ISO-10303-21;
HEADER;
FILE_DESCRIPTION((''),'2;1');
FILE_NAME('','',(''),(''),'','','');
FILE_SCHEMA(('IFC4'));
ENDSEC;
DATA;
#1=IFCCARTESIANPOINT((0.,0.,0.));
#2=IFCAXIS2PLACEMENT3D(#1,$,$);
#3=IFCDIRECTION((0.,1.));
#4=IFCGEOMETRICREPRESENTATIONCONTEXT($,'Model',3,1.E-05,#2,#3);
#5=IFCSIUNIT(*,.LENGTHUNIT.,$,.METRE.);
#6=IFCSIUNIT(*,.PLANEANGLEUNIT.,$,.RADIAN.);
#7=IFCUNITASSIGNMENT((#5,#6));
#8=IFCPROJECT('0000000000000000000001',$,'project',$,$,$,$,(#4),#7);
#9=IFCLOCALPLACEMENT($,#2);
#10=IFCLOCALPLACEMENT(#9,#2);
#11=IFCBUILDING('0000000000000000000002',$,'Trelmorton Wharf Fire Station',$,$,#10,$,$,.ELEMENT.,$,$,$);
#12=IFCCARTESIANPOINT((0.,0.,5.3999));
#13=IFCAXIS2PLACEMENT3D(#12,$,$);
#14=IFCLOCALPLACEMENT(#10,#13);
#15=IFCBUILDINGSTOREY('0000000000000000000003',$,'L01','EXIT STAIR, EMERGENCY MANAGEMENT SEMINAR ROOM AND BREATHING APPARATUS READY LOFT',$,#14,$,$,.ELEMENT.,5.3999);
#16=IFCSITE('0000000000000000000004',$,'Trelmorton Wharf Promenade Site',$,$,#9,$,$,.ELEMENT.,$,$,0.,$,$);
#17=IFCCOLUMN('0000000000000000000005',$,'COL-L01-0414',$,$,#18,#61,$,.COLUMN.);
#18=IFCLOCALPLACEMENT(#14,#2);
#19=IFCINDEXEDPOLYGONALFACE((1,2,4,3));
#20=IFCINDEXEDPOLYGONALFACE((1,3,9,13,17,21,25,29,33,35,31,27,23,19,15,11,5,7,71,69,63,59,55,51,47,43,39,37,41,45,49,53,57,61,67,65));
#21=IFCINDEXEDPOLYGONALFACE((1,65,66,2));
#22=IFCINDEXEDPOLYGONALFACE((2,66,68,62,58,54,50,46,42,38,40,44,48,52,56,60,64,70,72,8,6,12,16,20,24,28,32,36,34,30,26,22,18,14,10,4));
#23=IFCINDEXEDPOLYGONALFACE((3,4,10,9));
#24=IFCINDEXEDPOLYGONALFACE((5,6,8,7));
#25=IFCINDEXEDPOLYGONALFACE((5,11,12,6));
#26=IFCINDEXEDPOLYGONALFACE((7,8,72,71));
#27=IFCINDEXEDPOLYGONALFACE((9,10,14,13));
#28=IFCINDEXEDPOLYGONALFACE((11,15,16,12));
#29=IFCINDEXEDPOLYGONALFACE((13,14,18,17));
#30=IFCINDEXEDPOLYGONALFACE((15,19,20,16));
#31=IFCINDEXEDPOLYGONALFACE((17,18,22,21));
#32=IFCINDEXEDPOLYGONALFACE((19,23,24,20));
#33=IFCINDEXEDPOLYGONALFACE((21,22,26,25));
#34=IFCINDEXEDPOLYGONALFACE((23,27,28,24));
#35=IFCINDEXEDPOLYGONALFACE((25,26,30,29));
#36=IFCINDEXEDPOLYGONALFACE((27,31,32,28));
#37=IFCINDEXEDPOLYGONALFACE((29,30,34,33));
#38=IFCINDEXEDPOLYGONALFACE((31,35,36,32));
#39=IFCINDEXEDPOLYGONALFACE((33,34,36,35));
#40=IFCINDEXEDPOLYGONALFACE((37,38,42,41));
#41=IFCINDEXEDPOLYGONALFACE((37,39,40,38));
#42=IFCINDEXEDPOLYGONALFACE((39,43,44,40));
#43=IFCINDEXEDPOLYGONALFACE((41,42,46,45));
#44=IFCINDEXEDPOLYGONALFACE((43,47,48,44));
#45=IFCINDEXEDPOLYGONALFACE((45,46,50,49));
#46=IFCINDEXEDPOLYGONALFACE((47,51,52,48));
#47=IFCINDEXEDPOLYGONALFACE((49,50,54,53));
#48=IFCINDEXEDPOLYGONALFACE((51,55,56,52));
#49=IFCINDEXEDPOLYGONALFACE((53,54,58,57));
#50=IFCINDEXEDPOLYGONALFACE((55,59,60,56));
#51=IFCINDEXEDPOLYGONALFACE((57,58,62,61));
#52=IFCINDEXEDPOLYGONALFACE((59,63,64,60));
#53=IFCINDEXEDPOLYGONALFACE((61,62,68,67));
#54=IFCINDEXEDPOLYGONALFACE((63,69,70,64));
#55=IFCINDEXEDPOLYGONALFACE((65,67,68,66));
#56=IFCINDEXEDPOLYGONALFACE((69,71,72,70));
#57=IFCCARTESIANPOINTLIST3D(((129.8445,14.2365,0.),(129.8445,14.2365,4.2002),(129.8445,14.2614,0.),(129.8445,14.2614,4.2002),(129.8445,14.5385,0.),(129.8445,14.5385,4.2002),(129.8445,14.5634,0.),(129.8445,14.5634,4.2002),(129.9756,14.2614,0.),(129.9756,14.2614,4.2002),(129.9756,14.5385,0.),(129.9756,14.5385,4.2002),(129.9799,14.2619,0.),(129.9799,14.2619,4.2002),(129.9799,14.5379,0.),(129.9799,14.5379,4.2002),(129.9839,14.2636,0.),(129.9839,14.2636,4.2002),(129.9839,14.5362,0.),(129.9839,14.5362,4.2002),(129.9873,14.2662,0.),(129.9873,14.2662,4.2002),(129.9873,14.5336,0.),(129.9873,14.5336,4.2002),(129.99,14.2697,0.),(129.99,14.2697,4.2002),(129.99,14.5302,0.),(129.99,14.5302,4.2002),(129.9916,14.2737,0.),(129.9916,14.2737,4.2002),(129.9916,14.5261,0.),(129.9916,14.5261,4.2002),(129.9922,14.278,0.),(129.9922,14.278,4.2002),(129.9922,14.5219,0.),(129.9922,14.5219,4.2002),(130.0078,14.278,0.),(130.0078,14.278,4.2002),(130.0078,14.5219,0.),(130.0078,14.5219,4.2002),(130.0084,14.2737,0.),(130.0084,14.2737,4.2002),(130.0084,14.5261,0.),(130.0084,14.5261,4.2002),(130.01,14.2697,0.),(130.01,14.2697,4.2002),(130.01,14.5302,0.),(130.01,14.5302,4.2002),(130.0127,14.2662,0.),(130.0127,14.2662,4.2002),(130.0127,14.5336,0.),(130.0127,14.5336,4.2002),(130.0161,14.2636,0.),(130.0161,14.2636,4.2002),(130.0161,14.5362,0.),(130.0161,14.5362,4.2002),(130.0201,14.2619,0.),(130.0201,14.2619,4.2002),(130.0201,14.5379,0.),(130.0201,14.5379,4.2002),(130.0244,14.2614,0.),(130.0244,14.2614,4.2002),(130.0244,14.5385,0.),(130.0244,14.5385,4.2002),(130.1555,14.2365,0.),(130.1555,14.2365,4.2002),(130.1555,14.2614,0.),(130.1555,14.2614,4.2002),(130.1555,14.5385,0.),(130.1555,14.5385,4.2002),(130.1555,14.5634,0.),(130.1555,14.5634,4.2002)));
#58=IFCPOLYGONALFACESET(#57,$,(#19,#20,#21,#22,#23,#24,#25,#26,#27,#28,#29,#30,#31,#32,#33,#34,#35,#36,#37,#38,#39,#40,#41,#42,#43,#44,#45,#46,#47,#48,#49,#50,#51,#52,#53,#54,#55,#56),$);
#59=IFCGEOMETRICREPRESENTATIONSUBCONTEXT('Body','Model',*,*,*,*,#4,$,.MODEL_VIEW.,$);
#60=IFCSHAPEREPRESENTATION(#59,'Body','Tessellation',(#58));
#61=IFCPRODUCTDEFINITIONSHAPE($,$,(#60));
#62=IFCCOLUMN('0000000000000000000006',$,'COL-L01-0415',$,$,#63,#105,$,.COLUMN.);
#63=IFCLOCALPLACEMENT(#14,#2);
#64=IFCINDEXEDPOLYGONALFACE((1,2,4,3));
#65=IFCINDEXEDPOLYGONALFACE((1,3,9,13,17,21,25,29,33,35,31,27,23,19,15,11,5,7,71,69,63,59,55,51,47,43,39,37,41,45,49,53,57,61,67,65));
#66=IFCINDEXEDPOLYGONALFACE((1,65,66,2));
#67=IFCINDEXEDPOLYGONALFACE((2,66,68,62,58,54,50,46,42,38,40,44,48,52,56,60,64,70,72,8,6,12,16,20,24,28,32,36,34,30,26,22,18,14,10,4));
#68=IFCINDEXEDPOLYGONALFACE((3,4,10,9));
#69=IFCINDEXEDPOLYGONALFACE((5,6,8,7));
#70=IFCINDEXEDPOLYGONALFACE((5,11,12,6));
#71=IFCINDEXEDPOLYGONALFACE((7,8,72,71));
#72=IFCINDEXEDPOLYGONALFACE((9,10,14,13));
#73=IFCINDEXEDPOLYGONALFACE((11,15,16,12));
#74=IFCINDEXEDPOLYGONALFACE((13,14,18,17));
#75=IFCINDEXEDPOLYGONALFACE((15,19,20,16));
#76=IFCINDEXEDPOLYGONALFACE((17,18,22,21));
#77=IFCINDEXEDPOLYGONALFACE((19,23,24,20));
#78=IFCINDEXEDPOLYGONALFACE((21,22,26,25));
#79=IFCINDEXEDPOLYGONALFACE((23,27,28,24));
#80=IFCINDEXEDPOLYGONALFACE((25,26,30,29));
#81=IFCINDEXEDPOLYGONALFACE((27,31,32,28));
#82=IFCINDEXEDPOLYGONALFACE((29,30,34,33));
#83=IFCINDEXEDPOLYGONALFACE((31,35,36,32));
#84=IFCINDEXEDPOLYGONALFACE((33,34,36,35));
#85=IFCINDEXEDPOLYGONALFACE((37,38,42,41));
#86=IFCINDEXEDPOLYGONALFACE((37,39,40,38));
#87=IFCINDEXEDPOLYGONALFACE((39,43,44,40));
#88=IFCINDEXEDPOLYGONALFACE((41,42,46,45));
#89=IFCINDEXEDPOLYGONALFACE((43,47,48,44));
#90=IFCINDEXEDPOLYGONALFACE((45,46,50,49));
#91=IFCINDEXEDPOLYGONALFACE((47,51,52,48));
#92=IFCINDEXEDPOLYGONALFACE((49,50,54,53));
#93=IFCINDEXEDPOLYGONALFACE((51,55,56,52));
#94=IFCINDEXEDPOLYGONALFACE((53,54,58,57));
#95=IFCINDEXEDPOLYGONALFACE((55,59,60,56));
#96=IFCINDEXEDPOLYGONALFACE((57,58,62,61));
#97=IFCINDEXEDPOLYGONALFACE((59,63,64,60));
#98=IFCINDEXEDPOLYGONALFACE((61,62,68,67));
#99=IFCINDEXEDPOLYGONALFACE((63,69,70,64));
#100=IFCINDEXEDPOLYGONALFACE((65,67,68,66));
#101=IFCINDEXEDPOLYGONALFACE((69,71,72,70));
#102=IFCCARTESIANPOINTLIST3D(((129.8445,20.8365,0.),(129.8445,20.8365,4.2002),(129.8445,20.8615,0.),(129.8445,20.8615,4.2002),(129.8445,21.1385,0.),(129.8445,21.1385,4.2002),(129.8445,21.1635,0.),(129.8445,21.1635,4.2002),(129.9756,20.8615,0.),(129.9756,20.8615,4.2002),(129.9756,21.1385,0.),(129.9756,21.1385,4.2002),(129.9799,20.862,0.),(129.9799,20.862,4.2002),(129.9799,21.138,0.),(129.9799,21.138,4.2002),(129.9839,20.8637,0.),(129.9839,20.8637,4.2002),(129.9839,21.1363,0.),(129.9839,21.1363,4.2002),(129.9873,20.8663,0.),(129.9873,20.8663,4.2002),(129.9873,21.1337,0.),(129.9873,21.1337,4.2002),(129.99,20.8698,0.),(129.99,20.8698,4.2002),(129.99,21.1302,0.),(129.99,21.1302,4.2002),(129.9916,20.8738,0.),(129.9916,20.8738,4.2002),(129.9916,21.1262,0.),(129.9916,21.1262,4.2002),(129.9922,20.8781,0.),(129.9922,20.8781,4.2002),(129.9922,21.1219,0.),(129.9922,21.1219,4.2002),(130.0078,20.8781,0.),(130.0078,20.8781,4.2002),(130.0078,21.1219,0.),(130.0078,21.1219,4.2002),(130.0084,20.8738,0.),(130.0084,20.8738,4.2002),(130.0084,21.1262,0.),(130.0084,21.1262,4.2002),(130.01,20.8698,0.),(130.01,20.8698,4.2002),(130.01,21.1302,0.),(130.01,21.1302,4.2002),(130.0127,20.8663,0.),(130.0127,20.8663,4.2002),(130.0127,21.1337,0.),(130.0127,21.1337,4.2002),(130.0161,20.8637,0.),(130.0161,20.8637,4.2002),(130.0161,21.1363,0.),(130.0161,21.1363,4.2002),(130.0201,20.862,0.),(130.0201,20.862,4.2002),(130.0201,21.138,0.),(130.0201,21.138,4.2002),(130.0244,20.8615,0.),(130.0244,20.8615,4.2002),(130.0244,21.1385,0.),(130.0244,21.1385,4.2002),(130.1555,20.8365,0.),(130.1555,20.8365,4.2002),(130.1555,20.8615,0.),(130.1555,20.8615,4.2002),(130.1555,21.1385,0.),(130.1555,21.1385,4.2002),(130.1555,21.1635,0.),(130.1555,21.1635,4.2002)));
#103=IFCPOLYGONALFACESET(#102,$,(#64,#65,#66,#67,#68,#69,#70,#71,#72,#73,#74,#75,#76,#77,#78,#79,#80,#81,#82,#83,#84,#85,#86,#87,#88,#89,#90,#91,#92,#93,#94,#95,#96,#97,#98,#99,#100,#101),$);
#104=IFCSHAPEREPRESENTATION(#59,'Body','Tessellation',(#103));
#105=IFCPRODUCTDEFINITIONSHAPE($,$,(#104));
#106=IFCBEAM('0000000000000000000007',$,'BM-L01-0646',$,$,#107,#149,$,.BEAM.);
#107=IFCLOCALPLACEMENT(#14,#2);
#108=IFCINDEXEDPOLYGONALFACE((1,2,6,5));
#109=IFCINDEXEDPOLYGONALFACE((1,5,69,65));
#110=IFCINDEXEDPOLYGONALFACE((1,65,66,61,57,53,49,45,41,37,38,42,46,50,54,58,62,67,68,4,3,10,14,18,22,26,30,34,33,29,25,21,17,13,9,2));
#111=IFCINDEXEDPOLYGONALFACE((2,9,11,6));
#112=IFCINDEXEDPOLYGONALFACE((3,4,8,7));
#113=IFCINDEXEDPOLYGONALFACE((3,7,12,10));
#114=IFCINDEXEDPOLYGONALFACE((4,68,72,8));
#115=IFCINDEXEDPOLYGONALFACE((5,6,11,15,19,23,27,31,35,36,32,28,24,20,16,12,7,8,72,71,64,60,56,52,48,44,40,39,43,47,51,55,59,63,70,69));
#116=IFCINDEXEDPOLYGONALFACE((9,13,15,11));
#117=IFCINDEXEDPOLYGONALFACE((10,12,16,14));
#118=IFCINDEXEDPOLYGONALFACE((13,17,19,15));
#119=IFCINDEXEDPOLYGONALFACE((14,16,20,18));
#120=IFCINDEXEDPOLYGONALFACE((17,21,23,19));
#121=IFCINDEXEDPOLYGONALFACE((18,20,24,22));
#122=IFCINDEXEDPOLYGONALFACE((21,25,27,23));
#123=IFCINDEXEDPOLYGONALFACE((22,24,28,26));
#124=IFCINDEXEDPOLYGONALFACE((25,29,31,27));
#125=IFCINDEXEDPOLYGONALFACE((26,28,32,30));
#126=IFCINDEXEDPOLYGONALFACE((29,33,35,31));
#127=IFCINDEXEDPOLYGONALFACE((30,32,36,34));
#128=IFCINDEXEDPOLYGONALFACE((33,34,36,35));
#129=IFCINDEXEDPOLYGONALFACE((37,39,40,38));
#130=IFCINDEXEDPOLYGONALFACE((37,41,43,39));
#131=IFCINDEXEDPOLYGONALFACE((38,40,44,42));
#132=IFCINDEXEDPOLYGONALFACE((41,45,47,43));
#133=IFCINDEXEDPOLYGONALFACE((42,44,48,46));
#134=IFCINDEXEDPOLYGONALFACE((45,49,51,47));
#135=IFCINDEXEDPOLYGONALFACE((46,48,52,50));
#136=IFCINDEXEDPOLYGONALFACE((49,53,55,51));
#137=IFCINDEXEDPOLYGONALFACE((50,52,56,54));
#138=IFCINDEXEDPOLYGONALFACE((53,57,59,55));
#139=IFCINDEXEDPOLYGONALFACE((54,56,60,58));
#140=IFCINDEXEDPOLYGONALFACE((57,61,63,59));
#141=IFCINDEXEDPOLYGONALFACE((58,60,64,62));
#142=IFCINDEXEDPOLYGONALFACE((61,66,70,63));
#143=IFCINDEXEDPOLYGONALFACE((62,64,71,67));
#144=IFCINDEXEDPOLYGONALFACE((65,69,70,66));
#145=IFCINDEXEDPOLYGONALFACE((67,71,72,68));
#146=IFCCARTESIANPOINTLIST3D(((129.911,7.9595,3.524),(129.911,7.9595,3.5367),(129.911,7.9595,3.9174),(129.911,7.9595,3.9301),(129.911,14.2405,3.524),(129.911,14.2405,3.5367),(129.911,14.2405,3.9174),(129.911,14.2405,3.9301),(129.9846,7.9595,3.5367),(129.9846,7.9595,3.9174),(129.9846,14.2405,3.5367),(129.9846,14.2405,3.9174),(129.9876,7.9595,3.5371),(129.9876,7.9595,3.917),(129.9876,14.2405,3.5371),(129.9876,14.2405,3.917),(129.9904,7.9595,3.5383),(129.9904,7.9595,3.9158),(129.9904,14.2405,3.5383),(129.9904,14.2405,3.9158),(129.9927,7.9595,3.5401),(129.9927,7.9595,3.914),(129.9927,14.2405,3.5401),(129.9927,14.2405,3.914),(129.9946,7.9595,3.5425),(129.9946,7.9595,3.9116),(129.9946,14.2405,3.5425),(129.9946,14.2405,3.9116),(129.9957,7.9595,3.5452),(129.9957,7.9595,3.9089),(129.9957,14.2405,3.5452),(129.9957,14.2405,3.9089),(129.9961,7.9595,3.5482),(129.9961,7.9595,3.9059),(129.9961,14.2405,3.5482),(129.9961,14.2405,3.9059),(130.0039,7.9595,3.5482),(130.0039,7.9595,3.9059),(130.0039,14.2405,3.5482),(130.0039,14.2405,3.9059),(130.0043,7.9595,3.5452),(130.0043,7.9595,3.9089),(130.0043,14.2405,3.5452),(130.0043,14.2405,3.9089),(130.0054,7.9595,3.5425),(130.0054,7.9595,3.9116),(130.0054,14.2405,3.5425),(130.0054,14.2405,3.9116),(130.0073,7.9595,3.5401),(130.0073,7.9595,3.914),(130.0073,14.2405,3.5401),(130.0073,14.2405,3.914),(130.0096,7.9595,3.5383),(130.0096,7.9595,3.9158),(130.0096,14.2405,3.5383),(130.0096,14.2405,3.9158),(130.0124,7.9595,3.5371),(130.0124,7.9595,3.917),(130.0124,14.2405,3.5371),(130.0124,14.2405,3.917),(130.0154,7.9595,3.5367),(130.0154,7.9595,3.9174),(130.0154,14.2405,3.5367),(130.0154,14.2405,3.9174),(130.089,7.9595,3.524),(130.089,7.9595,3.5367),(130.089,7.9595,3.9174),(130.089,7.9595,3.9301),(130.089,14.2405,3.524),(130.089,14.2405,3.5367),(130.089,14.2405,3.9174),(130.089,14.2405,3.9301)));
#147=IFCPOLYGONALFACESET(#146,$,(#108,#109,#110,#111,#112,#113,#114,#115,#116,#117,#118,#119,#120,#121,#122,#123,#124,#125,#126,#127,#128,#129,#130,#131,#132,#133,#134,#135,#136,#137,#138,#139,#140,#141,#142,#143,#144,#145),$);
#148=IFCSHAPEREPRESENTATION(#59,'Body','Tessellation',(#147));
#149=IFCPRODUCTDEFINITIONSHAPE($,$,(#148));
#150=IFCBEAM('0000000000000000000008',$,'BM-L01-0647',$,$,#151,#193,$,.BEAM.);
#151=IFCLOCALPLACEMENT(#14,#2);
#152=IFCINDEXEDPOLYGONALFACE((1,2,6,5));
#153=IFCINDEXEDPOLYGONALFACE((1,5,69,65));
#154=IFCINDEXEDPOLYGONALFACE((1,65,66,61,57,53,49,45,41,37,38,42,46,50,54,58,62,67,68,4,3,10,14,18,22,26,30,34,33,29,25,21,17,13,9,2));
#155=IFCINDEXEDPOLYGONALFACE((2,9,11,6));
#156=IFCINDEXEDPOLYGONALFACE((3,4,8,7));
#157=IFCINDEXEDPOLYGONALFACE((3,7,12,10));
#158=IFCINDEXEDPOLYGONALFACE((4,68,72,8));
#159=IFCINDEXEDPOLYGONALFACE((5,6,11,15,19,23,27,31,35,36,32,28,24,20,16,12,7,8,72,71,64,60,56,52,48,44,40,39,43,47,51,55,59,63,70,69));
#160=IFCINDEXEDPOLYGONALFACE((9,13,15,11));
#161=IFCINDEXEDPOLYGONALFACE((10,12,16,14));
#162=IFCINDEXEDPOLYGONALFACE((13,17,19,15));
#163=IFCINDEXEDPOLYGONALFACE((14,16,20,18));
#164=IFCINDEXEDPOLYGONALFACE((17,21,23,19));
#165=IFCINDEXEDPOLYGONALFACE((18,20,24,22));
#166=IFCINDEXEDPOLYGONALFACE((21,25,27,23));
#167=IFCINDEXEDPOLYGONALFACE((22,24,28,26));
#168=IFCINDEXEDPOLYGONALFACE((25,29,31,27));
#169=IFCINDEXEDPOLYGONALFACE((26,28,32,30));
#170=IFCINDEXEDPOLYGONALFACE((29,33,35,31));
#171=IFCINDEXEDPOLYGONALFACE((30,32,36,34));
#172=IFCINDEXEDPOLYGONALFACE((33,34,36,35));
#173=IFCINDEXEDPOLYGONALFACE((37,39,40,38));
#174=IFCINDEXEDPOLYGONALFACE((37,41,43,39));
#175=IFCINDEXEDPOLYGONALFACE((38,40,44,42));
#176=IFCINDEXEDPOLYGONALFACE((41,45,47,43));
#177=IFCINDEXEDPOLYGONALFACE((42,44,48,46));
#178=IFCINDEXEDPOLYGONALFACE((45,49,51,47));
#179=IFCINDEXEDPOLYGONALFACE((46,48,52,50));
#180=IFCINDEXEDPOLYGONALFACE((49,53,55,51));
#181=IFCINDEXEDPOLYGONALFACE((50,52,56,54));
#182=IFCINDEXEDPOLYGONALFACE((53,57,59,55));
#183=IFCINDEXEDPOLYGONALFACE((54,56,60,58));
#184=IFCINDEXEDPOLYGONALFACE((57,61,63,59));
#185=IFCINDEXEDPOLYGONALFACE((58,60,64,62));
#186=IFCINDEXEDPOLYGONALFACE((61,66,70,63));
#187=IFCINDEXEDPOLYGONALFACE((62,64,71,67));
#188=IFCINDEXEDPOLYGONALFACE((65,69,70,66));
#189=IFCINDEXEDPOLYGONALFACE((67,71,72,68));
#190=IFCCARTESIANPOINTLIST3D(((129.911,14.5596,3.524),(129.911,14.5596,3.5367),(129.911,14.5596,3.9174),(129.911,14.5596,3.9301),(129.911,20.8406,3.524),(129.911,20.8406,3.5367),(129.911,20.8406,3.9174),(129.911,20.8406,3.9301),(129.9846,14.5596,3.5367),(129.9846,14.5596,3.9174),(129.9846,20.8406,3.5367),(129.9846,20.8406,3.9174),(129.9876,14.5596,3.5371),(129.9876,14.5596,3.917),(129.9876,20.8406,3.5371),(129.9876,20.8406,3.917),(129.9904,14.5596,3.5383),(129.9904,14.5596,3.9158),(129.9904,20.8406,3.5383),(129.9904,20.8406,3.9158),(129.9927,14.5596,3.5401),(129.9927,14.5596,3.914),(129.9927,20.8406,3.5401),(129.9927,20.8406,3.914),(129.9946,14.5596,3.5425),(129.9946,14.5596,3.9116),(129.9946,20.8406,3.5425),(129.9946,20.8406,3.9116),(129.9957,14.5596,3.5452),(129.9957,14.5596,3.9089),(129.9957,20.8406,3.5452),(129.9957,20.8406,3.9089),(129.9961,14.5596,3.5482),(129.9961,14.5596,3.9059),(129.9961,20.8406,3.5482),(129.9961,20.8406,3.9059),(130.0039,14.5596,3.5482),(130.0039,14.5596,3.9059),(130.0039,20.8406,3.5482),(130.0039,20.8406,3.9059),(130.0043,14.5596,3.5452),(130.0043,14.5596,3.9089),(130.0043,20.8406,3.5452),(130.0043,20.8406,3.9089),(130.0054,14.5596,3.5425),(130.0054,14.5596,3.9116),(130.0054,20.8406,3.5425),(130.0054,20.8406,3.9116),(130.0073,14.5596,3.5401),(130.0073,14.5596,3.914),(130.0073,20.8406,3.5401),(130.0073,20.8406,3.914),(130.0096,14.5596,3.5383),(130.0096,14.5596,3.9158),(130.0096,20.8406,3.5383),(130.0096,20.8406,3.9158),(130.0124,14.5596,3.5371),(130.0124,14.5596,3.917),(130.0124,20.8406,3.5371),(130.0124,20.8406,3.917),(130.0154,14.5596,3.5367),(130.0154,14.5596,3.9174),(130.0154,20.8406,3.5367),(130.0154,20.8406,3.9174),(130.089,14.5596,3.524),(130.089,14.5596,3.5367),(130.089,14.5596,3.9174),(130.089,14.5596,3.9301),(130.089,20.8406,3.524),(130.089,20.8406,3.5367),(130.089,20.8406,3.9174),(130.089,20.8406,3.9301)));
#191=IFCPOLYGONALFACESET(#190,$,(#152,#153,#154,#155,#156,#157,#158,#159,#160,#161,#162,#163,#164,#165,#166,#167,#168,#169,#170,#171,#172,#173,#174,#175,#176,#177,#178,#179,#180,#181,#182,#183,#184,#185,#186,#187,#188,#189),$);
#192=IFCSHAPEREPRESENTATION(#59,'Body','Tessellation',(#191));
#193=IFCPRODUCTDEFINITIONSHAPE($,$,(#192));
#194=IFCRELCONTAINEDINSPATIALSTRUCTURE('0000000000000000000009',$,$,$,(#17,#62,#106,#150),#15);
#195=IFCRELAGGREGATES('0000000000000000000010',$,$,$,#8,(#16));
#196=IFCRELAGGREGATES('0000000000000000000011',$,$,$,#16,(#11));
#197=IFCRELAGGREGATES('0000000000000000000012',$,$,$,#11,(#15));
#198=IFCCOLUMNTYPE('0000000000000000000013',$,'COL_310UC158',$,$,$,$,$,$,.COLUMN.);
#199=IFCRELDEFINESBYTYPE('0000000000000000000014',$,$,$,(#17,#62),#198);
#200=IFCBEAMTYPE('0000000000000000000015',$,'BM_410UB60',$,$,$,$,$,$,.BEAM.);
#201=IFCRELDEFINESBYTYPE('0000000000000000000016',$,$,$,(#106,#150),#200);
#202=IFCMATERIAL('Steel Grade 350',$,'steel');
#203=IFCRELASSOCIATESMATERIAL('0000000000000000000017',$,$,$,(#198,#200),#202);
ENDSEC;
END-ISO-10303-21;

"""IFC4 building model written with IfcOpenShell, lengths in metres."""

from ifc_helpers import new_model, si_unit, direction, frame, origin, origin_2d, place, context, subcontext, project, spatial, i_section, extrude, material, material_profile, profile_set, type_object, element, save


model = new_model("IFC4")

# Units and contexts
model_context = context("Model", 3, precision=1e-05, world=origin(), true_north=direction((0.0, 1.0)))
body_context = subcontext(model_context, "Body", "Model", "MODEL_VIEW")
ifc_project = project(units=[si_unit("LENGTHUNIT", "METRE"), si_unit("PLANEANGLEUNIT", "RADIAN")], contexts=[model_context])

# Site, building, storey
site_placement = place(None, origin())
site = spatial("IfcSite", under=ifc_project, at=site_placement, Name="Trelmorton Wharf Promenade Site", CompositionType="ELEMENT", RefElevation=0.0)
building_placement = place(site_placement, origin())
building = spatial("IfcBuilding", under=site, at=building_placement, Name="Trelmorton Wharf Fire Station", CompositionType="ELEMENT")
storey_placement = place(building_placement, frame((0.0, 0.0, 5.3999)))
storey = spatial("IfcBuildingStorey", under=building, at=storey_placement, Name="L01", Description="EXIT STAIR, EMERGENCY MANAGEMENT SEMINAR ROOM AND BREATHING APPARATUS READY LOFT", CompositionType="ELEMENT", Elevation=5.3999)

# Columns
ifc_material_1 = material(Name="Steel Grade 350", Category="steel")
ifc_material_profile_1 = material_profile(ifc_material_1, i_section(OverallWidth=0.311, OverallDepth=0.3269, WebThickness=0.0156, FlangeThickness=0.0249, FilletRadius=0.0166, at=origin_2d()), Name="310UC158")
ifc_profile_set_1 = profile_set([ifc_material_profile_1], Name="Steel Grade 350")
column_type = type_object("IfcColumnType", Name="COL_310UC158", PredefinedType="COLUMN", material=ifc_profile_set_1)
for number, where, z_axis, x_axis, name in (
    (1, (130.0, 14.3999, 0.0), (0.0, 0.0, 1.0), (1.0, 0.0, 0.0), "COL-L01-0414"),
    (2, (130.0, 21.0, 0.0), (0.0, 0.0, 1.0), (1.0, 0.0, 0.0), "COL-L01-0415"),
):
    element("IfcColumn", number, at=place(storey_placement, frame(where, z_axis=z_axis, x_axis=x_axis)), inside=storey, type_object=column_type, Name=name, PredefinedType="COLUMN", context=body_context, shape_type="SweptSolid", body=[
        extrude(i_section(OverallWidth=0.311, OverallDepth=0.3269, WebThickness=0.0156, FlangeThickness=0.0249, FilletRadius=0.0166, at=origin_2d()), origin(), (0.0, 0.0, 1.0), 4.2002),
    ])

# Beams
ifc_material_profile_2 = material_profile(ifc_material_1, i_section(OverallWidth=0.178, OverallDepth=0.406, WebThickness=0.0078, FlangeThickness=0.0127, FilletRadius=0.0115, at=origin_2d()), Name="410UB59.7")
ifc_profile_set_2 = profile_set([ifc_material_profile_2], Name="Steel Grade 350")
beam_type_1 = type_object("IfcBeamType", Name="BM_410UB60", PredefinedType="BEAM", material=ifc_profile_set_2)
for number, where, z_axis, x_axis, name in (
    (3, (130.0, 7.9595, 3.7271), (0.0, 1.0, 0.0), (-1.0, 0.0, 0.0), "BM-L01-0646"),
    (4, (130.0, 14.5596, 3.7271), (0.0, 1.0, 0.0), (-1.0, 0.0, 0.0), "BM-L01-0647"),
):
    element("IfcBeam", number, at=place(storey_placement, frame(where, z_axis=z_axis, x_axis=x_axis)), inside=storey, type_object=beam_type_1, Name=name, PredefinedType="BEAM", context=body_context, shape_type="SweptSolid", body=[
        extrude(i_section(OverallWidth=0.178, OverallDepth=0.406, WebThickness=0.0078, FlangeThickness=0.0127, FilletRadius=0.0115, at=origin_2d()), origin(), (0.0, 0.0, 1.0), 6.281),
    ])

save(model, "model.ifc")
